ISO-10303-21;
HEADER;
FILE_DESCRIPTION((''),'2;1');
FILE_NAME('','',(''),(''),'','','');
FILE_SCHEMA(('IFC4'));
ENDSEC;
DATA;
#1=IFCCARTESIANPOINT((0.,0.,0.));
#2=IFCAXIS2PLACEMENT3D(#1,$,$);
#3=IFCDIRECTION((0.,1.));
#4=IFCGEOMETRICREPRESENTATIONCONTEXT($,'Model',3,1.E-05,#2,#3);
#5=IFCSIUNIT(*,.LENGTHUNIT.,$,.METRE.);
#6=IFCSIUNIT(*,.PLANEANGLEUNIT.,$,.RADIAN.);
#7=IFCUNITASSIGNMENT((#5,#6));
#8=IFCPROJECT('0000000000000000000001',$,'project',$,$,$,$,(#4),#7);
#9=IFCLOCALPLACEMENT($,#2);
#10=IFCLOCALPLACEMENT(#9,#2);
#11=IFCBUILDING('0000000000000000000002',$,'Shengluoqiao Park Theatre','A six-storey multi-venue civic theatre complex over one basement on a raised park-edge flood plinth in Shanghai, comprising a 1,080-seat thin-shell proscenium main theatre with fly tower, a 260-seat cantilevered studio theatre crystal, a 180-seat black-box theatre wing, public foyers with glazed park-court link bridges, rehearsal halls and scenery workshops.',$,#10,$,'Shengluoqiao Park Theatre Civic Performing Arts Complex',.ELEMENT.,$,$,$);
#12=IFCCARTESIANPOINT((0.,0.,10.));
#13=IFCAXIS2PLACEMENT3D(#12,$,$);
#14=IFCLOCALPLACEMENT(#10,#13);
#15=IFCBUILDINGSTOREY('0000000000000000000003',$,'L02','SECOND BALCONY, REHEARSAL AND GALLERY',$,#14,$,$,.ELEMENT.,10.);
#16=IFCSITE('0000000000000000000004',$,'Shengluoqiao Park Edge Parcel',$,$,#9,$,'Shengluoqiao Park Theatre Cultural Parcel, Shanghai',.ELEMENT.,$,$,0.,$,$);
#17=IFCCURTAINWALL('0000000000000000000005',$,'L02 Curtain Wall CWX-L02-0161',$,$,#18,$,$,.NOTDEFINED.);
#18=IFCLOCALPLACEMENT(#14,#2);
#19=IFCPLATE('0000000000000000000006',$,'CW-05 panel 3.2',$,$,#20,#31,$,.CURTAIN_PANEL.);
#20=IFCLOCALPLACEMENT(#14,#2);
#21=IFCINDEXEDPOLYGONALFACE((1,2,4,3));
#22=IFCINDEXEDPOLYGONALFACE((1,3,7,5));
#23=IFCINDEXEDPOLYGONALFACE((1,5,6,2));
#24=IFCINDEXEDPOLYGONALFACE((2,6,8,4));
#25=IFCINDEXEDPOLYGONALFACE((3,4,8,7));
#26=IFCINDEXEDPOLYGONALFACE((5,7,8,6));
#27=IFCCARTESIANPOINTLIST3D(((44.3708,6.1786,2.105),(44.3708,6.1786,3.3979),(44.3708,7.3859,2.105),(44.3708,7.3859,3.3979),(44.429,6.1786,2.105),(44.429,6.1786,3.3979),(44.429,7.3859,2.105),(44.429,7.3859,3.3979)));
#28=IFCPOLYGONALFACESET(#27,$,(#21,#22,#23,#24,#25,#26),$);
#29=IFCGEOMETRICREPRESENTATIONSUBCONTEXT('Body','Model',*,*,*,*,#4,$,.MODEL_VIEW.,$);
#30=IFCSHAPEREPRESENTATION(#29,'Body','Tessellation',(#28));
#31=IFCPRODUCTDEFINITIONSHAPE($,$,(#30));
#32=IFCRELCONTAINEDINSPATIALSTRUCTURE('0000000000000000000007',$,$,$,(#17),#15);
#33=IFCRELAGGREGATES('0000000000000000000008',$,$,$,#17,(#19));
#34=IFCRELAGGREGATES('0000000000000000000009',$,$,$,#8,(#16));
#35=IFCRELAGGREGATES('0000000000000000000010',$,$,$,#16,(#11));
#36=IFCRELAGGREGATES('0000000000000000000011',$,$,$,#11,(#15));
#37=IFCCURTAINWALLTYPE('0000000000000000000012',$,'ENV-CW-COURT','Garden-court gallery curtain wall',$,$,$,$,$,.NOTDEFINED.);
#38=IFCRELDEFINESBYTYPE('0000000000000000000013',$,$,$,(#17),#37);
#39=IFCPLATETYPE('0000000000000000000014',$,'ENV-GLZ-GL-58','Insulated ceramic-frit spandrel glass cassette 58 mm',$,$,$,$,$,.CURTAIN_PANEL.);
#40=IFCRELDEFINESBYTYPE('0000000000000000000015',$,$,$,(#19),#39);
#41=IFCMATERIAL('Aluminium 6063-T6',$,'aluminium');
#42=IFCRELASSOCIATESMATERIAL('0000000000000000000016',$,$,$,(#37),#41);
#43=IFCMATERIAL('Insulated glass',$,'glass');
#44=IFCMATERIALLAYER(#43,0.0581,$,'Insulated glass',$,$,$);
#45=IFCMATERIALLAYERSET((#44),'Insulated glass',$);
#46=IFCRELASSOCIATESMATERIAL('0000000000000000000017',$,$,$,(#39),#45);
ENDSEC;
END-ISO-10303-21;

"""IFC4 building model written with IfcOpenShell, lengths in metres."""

from ifc_helpers import new_model, si_unit, direction, frame, origin, origin_2d, place, context, subcontext, project, spatial, rectangle, extrude, material, layer, layer_set, type_object, element, aggregate, save


model = new_model("IFC4")

# Units and contexts
model_context = context("Model", 3, precision=1e-05, world=origin(), true_north=direction((0.0, 1.0)))
body_context = subcontext(model_context, "Body", "Model", "MODEL_VIEW")
ifc_project = project(units=[si_unit("LENGTHUNIT", "METRE"), si_unit("PLANEANGLEUNIT", "RADIAN")], contexts=[model_context])

# Site, building, storey
site_placement = place(None, origin())
site = spatial("IfcSite", under=ifc_project, at=site_placement, Name="Shengluoqiao Park Edge Parcel", LongName="Shengluoqiao Park Theatre Cultural Parcel, Shanghai", CompositionType="ELEMENT", RefElevation=0.0)
building_placement = place(site_placement, origin())
building = spatial("IfcBuilding", under=site, at=building_placement, Name="Shengluoqiao Park Theatre", Description="A six-storey multi-venue civic theatre complex over one basement on a raised park-edge flood plinth in Shanghai, comprising a 1,080-seat thin-shell proscenium main theatre with fly tower, a 260-seat cantilevered studio theatre crystal, a 180-seat black-box theatre wing, public foyers with glazed park-court link bridges, rehearsal halls and scenery workshops.", LongName="Shengluoqiao Park Theatre Civic Performing Arts Complex", CompositionType="ELEMENT")
storey_placement = place(building_placement, frame((0.0, 0.0, 10.0)))
storey = spatial("IfcBuildingStorey", under=building, at=storey_placement, Name="L02", Description="SECOND BALCONY, REHEARSAL AND GALLERY", CompositionType="ELEMENT", Elevation=10.0)

# Curtain wall
ifc_material_1 = material(Name="Aluminium 6063-T6", Category="aluminium")
curtain_wall_type = type_object("IfcCurtainWallType", Name="ENV-CW-COURT", Description="Garden-court gallery curtain wall", PredefinedType="NOTDEFINED", material=ifc_material_1)
curtain_wall_1_placement = place(storey_placement, origin())
curtain_wall_1 = element("IfcCurtainWall", 1, at=curtain_wall_1_placement, inside=storey, type_object=curtain_wall_type, Name="L02 Curtain Wall CWX-L02-0161", PredefinedType="NOTDEFINED")

# Plate
ifc_material_2 = material(Name="Insulated glass", Category="glass")
ifc_layer = layer(ifc_material_2, 0.0581, Name="Insulated glass")
ifc_layer_set = layer_set([ifc_layer], Name="Insulated glass")
plate_type = type_object("IfcPlateType", Name="ENV-GLZ-GL-58", Description="Insulated ceramic-frit spandrel glass cassette 58 mm", PredefinedType="CURTAIN_PANEL", material=ifc_layer_set)
plate_1_placement = place(storey_placement, frame((44.3999, 6.7822, 2.105), z_axis=(0.0, 0.0, 1.0), x_axis=(0.0, 1.0, 0.0)))
plate_1 = element("IfcPlate", 2, at=plate_1_placement, type_object=plate_type, Name="CW-05 panel 3.2", PredefinedType="CURTAIN_PANEL", context=body_context, shape_type="SweptSolid", body=[
    extrude(rectangle(XDim=1.2073, YDim=0.0581, at=origin_2d()), origin(), (0.0, 0.0, 1.0), 1.293),
])
aggregate(curtain_wall_1, [plate_1])

save(model, "model.ifc")
